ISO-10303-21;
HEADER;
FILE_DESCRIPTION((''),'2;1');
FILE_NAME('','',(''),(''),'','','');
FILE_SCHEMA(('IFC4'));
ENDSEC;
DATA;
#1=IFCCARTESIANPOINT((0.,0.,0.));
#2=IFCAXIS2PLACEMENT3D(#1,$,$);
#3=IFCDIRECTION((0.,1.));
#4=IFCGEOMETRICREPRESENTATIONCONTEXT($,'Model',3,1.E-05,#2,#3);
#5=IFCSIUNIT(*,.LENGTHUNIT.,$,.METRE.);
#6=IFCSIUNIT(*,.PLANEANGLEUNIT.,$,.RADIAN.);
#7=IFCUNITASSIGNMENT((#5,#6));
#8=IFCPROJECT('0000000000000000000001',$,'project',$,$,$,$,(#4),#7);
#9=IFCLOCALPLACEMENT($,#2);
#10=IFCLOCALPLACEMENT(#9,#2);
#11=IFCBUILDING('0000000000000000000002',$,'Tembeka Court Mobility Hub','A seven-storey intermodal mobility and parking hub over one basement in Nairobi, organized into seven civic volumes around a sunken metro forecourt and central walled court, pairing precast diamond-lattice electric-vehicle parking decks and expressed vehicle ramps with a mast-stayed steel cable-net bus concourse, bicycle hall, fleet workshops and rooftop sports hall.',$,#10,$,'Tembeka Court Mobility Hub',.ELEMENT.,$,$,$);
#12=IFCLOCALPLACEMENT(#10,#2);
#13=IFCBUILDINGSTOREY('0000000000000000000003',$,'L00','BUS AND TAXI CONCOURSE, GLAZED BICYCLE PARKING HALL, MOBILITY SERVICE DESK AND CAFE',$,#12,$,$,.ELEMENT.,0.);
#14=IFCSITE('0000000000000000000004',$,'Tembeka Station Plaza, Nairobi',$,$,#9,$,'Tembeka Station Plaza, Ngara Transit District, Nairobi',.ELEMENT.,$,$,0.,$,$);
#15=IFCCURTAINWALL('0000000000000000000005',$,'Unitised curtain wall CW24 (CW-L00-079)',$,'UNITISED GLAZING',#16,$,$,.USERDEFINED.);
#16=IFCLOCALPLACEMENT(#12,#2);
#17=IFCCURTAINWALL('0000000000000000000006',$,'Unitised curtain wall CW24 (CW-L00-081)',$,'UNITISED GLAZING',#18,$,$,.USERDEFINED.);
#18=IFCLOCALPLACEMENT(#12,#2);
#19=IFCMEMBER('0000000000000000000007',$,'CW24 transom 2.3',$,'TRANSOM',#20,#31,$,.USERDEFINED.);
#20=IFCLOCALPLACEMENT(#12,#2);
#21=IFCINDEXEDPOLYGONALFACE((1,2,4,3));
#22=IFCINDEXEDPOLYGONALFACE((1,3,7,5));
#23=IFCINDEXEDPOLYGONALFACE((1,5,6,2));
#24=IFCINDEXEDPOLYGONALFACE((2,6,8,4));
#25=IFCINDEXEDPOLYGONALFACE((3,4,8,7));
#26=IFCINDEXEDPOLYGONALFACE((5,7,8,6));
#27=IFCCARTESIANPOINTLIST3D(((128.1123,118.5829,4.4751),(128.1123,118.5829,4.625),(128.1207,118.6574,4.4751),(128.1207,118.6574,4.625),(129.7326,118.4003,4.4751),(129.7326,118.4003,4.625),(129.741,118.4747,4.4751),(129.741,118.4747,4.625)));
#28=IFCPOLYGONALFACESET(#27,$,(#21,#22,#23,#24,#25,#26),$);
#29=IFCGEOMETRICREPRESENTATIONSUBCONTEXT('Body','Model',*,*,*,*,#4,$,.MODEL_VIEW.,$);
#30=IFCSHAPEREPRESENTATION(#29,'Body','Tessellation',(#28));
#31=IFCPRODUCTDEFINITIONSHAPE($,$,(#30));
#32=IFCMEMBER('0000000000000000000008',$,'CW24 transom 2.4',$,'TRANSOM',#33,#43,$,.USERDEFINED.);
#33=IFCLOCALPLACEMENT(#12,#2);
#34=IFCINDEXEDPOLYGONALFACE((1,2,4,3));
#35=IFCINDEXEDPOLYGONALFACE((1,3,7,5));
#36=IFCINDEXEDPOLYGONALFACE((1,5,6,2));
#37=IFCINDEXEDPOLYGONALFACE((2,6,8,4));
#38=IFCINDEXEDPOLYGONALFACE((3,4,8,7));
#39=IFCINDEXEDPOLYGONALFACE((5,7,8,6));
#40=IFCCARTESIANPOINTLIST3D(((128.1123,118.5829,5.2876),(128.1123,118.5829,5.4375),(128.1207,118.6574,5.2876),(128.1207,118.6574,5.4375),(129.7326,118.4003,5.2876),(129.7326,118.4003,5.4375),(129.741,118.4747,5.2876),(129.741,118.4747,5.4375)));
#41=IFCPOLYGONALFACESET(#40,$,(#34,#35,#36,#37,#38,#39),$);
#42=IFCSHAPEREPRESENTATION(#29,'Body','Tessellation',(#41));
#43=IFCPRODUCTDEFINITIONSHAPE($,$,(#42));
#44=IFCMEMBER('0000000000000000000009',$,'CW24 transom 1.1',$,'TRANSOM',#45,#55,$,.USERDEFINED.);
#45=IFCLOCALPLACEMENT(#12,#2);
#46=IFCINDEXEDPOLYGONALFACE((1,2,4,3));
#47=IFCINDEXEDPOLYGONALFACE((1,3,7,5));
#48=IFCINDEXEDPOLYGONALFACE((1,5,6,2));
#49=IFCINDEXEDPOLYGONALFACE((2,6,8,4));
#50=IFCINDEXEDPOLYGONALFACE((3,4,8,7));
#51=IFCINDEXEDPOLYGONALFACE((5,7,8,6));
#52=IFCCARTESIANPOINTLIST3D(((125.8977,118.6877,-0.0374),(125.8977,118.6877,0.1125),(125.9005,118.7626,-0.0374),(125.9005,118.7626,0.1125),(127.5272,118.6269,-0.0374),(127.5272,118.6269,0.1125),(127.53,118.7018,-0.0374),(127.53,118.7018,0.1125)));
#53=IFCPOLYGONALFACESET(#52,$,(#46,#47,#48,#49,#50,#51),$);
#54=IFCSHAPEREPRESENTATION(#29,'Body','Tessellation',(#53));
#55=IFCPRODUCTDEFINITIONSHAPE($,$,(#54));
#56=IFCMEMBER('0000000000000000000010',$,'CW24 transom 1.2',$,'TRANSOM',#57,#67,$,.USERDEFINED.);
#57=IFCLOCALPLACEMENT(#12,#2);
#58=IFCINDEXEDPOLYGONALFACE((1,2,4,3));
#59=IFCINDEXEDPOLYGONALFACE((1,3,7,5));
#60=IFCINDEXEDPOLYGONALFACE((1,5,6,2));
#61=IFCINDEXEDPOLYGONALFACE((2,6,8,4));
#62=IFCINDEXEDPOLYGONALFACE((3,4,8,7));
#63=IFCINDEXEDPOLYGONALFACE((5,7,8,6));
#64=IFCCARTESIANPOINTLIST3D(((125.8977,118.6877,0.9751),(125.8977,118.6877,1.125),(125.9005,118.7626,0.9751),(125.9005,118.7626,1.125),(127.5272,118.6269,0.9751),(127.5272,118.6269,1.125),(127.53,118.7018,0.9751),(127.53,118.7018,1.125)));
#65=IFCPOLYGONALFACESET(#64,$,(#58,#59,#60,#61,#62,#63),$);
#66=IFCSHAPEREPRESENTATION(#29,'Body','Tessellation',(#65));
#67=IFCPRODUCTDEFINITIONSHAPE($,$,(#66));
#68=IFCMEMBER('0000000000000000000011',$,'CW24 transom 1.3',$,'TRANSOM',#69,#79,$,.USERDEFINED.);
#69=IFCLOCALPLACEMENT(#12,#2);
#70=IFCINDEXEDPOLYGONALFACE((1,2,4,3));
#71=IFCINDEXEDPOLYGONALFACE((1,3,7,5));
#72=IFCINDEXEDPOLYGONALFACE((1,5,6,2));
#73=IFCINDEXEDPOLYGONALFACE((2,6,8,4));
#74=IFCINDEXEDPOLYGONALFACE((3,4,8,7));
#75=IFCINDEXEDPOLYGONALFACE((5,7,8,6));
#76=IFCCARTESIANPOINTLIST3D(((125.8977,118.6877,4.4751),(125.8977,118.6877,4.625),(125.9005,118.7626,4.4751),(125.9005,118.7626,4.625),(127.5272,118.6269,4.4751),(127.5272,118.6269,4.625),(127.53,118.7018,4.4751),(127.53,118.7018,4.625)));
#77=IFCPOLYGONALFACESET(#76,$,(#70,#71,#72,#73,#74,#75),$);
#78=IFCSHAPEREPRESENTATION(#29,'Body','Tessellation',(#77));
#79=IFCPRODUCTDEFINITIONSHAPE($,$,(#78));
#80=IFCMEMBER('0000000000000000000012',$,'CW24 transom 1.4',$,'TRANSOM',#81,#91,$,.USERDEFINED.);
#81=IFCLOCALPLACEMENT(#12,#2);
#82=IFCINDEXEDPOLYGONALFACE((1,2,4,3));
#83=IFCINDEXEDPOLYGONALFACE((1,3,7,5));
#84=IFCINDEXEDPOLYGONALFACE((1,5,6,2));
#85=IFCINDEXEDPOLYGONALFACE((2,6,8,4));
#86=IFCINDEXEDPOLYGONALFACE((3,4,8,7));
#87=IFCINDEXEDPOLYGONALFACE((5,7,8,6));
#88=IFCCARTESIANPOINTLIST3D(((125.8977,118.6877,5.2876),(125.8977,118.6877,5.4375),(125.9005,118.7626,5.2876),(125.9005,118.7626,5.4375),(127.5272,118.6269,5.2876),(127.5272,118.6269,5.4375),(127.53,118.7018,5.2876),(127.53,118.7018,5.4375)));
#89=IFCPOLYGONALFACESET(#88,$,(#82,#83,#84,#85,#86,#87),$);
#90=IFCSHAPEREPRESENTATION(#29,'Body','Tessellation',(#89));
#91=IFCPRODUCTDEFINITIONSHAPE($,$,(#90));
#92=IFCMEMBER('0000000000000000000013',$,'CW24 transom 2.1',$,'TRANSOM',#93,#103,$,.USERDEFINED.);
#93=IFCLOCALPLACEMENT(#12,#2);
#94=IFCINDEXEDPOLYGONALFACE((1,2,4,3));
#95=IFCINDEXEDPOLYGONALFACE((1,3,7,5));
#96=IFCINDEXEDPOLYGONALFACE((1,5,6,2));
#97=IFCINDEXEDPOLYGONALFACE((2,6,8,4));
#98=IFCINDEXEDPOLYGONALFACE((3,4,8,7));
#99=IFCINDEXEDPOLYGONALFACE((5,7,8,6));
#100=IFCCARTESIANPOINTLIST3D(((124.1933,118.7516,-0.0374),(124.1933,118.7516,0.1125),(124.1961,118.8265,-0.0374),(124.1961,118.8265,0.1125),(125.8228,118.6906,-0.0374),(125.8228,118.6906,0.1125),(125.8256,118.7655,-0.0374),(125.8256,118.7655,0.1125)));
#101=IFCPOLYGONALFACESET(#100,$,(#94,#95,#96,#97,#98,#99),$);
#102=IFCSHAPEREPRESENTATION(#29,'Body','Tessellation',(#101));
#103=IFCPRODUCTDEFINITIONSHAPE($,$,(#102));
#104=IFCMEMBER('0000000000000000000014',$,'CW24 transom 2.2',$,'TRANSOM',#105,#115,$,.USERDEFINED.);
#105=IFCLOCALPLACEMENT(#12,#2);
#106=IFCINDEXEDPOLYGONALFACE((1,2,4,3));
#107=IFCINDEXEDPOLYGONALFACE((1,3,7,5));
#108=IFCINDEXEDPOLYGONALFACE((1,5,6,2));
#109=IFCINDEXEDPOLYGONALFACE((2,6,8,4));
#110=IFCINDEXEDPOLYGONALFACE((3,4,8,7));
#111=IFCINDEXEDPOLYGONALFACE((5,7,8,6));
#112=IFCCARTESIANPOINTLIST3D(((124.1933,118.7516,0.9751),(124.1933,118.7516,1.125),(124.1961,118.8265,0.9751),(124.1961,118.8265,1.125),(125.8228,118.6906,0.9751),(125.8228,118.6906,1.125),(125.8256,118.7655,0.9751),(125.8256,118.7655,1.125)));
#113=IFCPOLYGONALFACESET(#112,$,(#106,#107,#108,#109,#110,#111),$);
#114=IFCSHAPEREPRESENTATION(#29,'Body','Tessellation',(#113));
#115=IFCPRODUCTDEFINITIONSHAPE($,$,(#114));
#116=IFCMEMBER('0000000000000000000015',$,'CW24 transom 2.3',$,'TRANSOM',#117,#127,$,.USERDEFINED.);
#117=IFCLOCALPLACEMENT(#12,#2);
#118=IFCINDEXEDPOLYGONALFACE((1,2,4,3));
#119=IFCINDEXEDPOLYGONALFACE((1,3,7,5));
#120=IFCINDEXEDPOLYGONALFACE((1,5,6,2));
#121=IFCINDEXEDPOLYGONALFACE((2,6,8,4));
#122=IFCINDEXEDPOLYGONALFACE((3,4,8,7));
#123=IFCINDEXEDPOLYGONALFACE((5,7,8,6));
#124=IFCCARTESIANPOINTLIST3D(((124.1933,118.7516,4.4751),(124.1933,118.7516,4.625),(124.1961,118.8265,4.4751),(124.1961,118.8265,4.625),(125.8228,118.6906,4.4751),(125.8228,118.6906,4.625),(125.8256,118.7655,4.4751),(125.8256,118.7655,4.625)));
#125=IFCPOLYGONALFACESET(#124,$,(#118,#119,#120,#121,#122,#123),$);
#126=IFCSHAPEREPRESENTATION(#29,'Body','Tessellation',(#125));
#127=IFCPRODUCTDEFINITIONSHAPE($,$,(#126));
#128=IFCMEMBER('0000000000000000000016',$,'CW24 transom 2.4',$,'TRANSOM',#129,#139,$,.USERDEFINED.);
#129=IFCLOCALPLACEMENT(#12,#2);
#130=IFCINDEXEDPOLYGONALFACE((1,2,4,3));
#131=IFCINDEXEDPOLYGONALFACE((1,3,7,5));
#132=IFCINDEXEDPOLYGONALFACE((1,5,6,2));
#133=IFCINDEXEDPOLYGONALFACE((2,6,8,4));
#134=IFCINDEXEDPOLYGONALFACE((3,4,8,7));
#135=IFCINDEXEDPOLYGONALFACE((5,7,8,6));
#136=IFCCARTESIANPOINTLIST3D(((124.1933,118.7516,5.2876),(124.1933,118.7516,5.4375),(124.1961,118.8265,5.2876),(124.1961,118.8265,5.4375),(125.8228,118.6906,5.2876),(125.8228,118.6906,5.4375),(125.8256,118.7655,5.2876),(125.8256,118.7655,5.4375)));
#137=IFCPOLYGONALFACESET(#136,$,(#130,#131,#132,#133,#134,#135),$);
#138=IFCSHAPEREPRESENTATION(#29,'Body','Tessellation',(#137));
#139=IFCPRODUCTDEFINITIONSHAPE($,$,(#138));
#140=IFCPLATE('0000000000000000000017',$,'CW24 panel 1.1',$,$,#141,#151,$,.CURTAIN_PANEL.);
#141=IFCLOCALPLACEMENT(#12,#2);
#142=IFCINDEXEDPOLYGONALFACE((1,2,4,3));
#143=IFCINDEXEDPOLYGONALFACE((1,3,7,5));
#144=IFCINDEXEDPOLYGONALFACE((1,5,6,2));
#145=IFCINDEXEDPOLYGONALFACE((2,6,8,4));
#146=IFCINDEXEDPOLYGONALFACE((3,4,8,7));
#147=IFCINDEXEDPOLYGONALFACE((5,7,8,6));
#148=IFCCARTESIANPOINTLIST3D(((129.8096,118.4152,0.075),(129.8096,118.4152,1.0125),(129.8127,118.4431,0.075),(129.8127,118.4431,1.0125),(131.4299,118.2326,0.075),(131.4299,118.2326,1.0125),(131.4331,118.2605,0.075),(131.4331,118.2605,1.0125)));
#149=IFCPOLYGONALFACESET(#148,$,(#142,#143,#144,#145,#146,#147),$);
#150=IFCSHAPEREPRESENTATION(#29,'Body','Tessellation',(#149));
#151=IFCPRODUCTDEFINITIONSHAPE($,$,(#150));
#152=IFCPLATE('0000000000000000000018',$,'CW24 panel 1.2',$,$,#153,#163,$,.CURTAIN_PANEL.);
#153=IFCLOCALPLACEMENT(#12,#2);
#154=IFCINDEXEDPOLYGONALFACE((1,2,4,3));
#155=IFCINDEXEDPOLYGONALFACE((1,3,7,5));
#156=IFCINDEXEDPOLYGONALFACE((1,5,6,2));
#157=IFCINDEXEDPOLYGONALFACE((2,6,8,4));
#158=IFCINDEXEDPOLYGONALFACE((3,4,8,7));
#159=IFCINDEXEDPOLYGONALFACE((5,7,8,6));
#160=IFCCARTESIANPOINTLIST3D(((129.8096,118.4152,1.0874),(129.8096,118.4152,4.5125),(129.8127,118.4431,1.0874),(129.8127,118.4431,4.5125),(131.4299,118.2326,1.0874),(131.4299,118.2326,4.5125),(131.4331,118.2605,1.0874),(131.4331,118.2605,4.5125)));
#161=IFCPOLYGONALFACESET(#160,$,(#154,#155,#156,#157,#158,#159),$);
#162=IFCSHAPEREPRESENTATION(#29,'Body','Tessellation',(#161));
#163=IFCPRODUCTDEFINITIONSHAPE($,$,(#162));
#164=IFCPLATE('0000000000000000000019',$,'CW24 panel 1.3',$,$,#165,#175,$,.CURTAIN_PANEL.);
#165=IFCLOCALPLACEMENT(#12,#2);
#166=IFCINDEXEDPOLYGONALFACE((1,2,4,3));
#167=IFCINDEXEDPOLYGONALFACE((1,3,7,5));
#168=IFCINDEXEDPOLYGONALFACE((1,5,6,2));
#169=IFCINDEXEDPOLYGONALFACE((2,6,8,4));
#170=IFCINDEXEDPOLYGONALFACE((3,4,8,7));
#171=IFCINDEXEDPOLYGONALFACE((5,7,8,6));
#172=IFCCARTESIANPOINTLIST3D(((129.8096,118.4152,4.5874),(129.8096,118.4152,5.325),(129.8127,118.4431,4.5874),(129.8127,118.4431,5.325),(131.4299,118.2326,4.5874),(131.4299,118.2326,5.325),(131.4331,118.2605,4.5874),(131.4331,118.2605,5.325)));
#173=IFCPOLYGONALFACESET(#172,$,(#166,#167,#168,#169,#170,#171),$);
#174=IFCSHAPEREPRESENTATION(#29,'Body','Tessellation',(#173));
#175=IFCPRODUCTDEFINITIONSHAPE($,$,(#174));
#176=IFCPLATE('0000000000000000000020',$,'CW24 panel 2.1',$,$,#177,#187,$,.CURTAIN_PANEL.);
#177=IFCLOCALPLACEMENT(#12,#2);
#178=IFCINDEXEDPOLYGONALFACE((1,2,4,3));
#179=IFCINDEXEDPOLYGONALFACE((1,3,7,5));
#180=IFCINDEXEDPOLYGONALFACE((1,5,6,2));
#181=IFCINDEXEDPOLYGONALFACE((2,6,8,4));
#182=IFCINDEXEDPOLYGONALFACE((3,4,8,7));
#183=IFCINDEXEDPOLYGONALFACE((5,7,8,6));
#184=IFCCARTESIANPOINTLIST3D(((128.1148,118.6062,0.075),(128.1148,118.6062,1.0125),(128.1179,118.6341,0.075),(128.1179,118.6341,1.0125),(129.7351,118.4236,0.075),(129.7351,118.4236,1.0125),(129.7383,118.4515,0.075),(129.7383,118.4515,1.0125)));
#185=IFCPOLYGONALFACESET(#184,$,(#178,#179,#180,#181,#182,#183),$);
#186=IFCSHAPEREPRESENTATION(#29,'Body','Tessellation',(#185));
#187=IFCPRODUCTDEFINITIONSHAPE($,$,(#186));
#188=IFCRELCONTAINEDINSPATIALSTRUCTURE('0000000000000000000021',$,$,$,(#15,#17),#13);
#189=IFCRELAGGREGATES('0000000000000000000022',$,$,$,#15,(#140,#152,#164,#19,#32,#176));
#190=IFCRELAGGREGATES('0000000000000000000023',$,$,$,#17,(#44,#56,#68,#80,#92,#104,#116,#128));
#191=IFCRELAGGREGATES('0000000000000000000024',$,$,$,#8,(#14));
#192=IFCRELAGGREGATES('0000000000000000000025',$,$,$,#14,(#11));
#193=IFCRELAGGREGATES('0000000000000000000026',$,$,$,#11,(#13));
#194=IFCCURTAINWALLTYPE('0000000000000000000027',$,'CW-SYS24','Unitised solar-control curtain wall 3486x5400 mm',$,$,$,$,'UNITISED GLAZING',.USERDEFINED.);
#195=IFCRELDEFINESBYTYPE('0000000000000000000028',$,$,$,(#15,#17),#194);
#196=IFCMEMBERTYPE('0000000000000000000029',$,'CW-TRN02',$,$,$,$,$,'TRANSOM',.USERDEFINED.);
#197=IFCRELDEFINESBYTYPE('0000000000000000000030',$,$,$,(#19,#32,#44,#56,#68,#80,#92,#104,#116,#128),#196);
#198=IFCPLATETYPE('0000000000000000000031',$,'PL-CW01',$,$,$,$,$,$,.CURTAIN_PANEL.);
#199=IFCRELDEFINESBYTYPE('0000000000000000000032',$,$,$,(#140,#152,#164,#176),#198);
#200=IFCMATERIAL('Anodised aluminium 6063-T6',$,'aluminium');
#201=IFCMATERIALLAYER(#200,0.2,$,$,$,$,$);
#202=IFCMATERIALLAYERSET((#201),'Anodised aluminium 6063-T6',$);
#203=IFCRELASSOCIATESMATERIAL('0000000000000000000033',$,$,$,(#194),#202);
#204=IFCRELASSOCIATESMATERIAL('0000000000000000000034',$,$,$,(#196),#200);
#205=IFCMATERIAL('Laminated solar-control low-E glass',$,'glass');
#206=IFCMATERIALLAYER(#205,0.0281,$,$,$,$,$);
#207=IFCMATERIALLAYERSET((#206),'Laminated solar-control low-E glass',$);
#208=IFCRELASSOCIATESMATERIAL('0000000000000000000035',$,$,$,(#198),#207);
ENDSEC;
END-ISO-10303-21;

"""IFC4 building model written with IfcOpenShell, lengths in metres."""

from ifc_helpers import new_model, si_unit, direction, frame, origin, origin_2d, place, context, subcontext, project, spatial, rectangle, extrude, material, layer, layer_set, material_profile, profile_set, type_object, element, aggregate, save


model = new_model("IFC4")

# Units and contexts
model_context = context("Model", 3, precision=1e-05, world=origin(), true_north=direction((0.0, 1.0)))
body_context = subcontext(model_context, "Body", "Model", "MODEL_VIEW")
ifc_project = project(units=[si_unit("LENGTHUNIT", "METRE"), si_unit("PLANEANGLEUNIT", "RADIAN")], contexts=[model_context])

# Site, building, storey
site_placement = place(None, origin())
site = spatial("IfcSite", under=ifc_project, at=site_placement, Name="Tembeka Station Plaza, Nairobi", LongName="Tembeka Station Plaza, Ngara Transit District, Nairobi", CompositionType="ELEMENT", RefElevation=0.0)
building_placement = place(site_placement, origin())
building = spatial("IfcBuilding", under=site, at=building_placement, Name="Tembeka Court Mobility Hub", Description="A seven-storey intermodal mobility and parking hub over one basement in Nairobi, organized into seven civic volumes around a sunken metro forecourt and central walled court, pairing precast diamond-lattice electric-vehicle parking decks and expressed vehicle ramps with a mast-stayed steel cable-net bus concourse, bicycle hall, fleet workshops and rooftop sports hall.", LongName="Tembeka Court Mobility Hub", CompositionType="ELEMENT")
storey_placement = place(building_placement, origin())
storey = spatial("IfcBuildingStorey", under=building, at=storey_placement, Name="L00", Description="BUS AND TAXI CONCOURSE, GLAZED BICYCLE PARKING HALL, MOBILITY SERVICE DESK AND CAFE", CompositionType="ELEMENT", Elevation=0.0)

# Curtain walls
ifc_material_1 = material(Name="Anodised aluminium 6063-T6", Category="aluminium")
ifc_layer_1 = layer(ifc_material_1, 0.2)
ifc_layer_set_1 = layer_set([ifc_layer_1], Name="Anodised aluminium 6063-T6")
curtain_wall_type = type_object("IfcCurtainWallType", Name="CW-SYS24", Description="Unitised solar-control curtain wall 3486x5400 mm", ElementType="UNITISED GLAZING", PredefinedType="USERDEFINED", material=ifc_layer_set_1)
curtain_wall_1_placement = place(storey_placement, origin())
curtain_wall_1 = element("IfcCurtainWall", 1, at=curtain_wall_1_placement, inside=storey, type_object=curtain_wall_type, Name="Unitised curtain wall CW24 (CW-L00-079)", ObjectType="UNITISED GLAZING", PredefinedType="USERDEFINED")
curtain_wall_2_placement = place(storey_placement, origin())
curtain_wall_2 = element("IfcCurtainWall", 2, at=curtain_wall_2_placement, inside=storey, type_object=curtain_wall_type, Name="Unitised curtain wall CW24 (CW-L00-081)", ObjectType="UNITISED GLAZING", PredefinedType="USERDEFINED")

# Members
ifc_material_profile_1 = material_profile(ifc_material_1, rectangle(XDim=0.075, YDim=0.1499, at=origin_2d()), Name="ALU-TRN 75x150")
ifc_profile_set_1 = profile_set([ifc_material_profile_1], Name="Anodised aluminium 6063-T6")
member_type_1 = type_object("IfcMemberType", Name="CW-TRN02", ElementType="TRANSOM", PredefinedType="USERDEFINED", material=ifc_profile_set_1)
member_1_placement = place(storey_placement, frame((129.7368, 118.4375, 4.55), z_axis=(-0.993709, 0.111993, 0.0), x_axis=(-0.111993, -0.993709, 0.0)))
member_1 = element("IfcMember", 3, at=member_1_placement, type_object=member_type_1, Name="CW24 transom 2.3", ObjectType="TRANSOM", PredefinedType="USERDEFINED", context=body_context, shape_type="SweptSolid", body=[
    extrude(rectangle(XDim=0.075, YDim=0.1499, at=origin_2d()), origin(), (0.0, 0.0, 1.0), 1.6306),
])
member_2_placement = place(storey_placement, frame((129.7368, 118.4375, 5.3625), z_axis=(-0.993709, 0.111993, 0.0), x_axis=(-0.111993, -0.993709, 0.0)))
member_2 = element("IfcMember", 4, at=member_2_placement, type_object=member_type_1, Name="CW24 transom 2.4", ObjectType="TRANSOM", PredefinedType="USERDEFINED", context=body_context, shape_type="SweptSolid", body=[
    extrude(rectangle(XDim=0.075, YDim=0.1499, at=origin_2d()), origin(), (0.0, 0.0, 1.0), 1.6306),
])
member_3_placement = place(storey_placement, frame((127.5286, 118.6643, 0.0376), z_axis=(-0.999305, 0.037283, 0.0), x_axis=(-0.037283, -0.999305, 0.0)))
member_3 = element("IfcMember", 5, at=member_3_placement, type_object=member_type_1, Name="CW24 transom 1.1", ObjectType="TRANSOM", PredefinedType="USERDEFINED", context=body_context, shape_type="SweptSolid", body=[
    extrude(rectangle(XDim=0.075, YDim=0.1499, at=origin_2d()), origin(), (0.0, 0.0, 1.0), 1.6306),
])
member_4_placement = place(storey_placement, frame((127.5286, 118.6643, 1.05), z_axis=(-0.999305, 0.037283, 0.0), x_axis=(-0.037283, -0.999305, 0.0)))
member_4 = element("IfcMember", 6, at=member_4_placement, type_object=member_type_1, Name="CW24 transom 1.2", ObjectType="TRANSOM", PredefinedType="USERDEFINED", context=body_context, shape_type="SweptSolid", body=[
    extrude(rectangle(XDim=0.075, YDim=0.1499, at=origin_2d()), origin(), (0.0, 0.0, 1.0), 1.6306),
])
member_5_placement = place(storey_placement, frame((127.5286, 118.6643, 4.55), z_axis=(-0.999305, 0.037283, 0.0), x_axis=(-0.037283, -0.999305, 0.0)))
member_5 = element("IfcMember", 7, at=member_5_placement, type_object=member_type_1, Name="CW24 transom 1.3", ObjectType="TRANSOM", PredefinedType="USERDEFINED", context=body_context, shape_type="SweptSolid", body=[
    extrude(rectangle(XDim=0.075, YDim=0.1499, at=origin_2d()), origin(), (0.0, 0.0, 1.0), 1.6306),
])
member_6_placement = place(storey_placement, frame((127.5286, 118.6643, 5.3625), z_axis=(-0.999305, 0.037283, 0.0), x_axis=(-0.037283, -0.999305, 0.0)))
member_6 = element("IfcMember", 8, at=member_6_placement, type_object=member_type_1, Name="CW24 transom 1.4", ObjectType="TRANSOM", PredefinedType="USERDEFINED", context=body_context, shape_type="SweptSolid", body=[
    extrude(rectangle(XDim=0.075, YDim=0.1499, at=origin_2d()), origin(), (0.0, 0.0, 1.0), 1.6306),
])
member_7_placement = place(storey_placement, frame((125.8242, 118.728, 0.0376), z_axis=(-0.999299, 0.037433, 0.0), x_axis=(-0.037433, -0.999299, 0.0)))
member_7 = element("IfcMember", 9, at=member_7_placement, type_object=member_type_1, Name="CW24 transom 2.1", ObjectType="TRANSOM", PredefinedType="USERDEFINED", context=body_context, shape_type="SweptSolid", body=[
    extrude(rectangle(XDim=0.075, YDim=0.1499, at=origin_2d()), origin(), (0.0, 0.0, 1.0), 1.6306),
])
member_8_placement = place(storey_placement, frame((125.8242, 118.728, 1.05), z_axis=(-0.999299, 0.037433, 0.0), x_axis=(-0.037433, -0.999299, 0.0)))
member_8 = element("IfcMember", 10, at=member_8_placement, type_object=member_type_1, Name="CW24 transom 2.2", ObjectType="TRANSOM", PredefinedType="USERDEFINED", context=body_context, shape_type="SweptSolid", body=[
    extrude(rectangle(XDim=0.075, YDim=0.1499, at=origin_2d()), origin(), (0.0, 0.0, 1.0), 1.6306),
])
member_9_placement = place(storey_placement, frame((125.8242, 118.728, 4.55), z_axis=(-0.999299, 0.037433, 0.0), x_axis=(-0.037433, -0.999299, 0.0)))
member_9 = element("IfcMember", 11, at=member_9_placement, type_object=member_type_1, Name="CW24 transom 2.3", ObjectType="TRANSOM", PredefinedType="USERDEFINED", context=body_context, shape_type="SweptSolid", body=[
    extrude(rectangle(XDim=0.075, YDim=0.1499, at=origin_2d()), origin(), (0.0, 0.0, 1.0), 1.6306),
])
member_10_placement = place(storey_placement, frame((125.8242, 118.728, 5.3625), z_axis=(-0.999299, 0.037433, 0.0), x_axis=(-0.037433, -0.999299, 0.0)))
member_10 = element("IfcMember", 12, at=member_10_placement, type_object=member_type_1, Name="CW24 transom 2.4", ObjectType="TRANSOM", PredefinedType="USERDEFINED", context=body_context, shape_type="SweptSolid", body=[
    extrude(rectangle(XDim=0.075, YDim=0.1499, at=origin_2d()), origin(), (0.0, 0.0, 1.0), 1.6306),
])

# Plates
ifc_material_2 = material(Name="Laminated solar-control low-E glass", Category="glass")
ifc_layer_2 = layer(ifc_material_2, 0.0281)
ifc_layer_set_2 = layer_set([ifc_layer_2], Name="Laminated solar-control low-E glass")
plate_type = type_object("IfcPlateType", Name="PL-CW01", PredefinedType="CURTAIN_PANEL", material=ifc_layer_set_2)
plate_1_placement = place(storey_placement, frame((130.6213, 118.3379, 0.075), z_axis=(0.0, 0.0, 1.0), x_axis=(-0.99371, 0.111987, 0.0)))
plate_1 = element("IfcPlate", 13, at=plate_1_placement, type_object=plate_type, Name="CW24 panel 1.1", PredefinedType="CURTAIN_PANEL", context=body_context, shape_type="SweptSolid", body=[
    extrude(rectangle(XDim=1.6306, YDim=0.0281, at=origin_2d()), origin(), (0.0, 0.0, 1.0), 0.9375),
])
plate_2_placement = place(storey_placement, frame((130.6213, 118.3379, 1.0874), z_axis=(0.0, 0.0, 1.0), x_axis=(-0.99371, 0.111987, 0.0)))
plate_2 = element("IfcPlate", 14, at=plate_2_placement, type_object=plate_type, Name="CW24 panel 1.2", PredefinedType="CURTAIN_PANEL", context=body_context, shape_type="SweptSolid", body=[
    extrude(rectangle(XDim=1.6306, YDim=0.0281, at=origin_2d()), origin(), (0.0, 0.0, 1.0), 3.425),
])
plate_3_placement = place(storey_placement, frame((130.6213, 118.3379, 4.5874), z_axis=(0.0, 0.0, 1.0), x_axis=(-0.99371, 0.111987, 0.0)))
plate_3 = element("IfcPlate", 15, at=plate_3_placement, type_object=plate_type, Name="CW24 panel 1.3", PredefinedType="CURTAIN_PANEL", context=body_context, shape_type="SweptSolid", body=[
    extrude(rectangle(XDim=1.6306, YDim=0.0281, at=origin_2d()), origin(), (0.0, 0.0, 1.0), 0.7375),
])
plate_4_placement = place(storey_placement, frame((128.9265, 118.5288, 0.075), z_axis=(0.0, 0.0, 1.0), x_axis=(-0.99371, 0.111987, 0.0)))
plate_4 = element("IfcPlate", 16, at=plate_4_placement, type_object=plate_type, Name="CW24 panel 2.1", PredefinedType="CURTAIN_PANEL", context=body_context, shape_type="SweptSolid", body=[
    extrude(rectangle(XDim=1.6306, YDim=0.0281, at=origin_2d()), origin(), (0.0, 0.0, 1.0), 0.9375),
])
aggregate(curtain_wall_1, [plate_1, plate_2, plate_3, member_1, member_2, plate_4])
aggregate(curtain_wall_2, [member_3, member_4, member_5, member_6, member_7, member_8, member_9, member_10])

save(model, "model.ifc")
